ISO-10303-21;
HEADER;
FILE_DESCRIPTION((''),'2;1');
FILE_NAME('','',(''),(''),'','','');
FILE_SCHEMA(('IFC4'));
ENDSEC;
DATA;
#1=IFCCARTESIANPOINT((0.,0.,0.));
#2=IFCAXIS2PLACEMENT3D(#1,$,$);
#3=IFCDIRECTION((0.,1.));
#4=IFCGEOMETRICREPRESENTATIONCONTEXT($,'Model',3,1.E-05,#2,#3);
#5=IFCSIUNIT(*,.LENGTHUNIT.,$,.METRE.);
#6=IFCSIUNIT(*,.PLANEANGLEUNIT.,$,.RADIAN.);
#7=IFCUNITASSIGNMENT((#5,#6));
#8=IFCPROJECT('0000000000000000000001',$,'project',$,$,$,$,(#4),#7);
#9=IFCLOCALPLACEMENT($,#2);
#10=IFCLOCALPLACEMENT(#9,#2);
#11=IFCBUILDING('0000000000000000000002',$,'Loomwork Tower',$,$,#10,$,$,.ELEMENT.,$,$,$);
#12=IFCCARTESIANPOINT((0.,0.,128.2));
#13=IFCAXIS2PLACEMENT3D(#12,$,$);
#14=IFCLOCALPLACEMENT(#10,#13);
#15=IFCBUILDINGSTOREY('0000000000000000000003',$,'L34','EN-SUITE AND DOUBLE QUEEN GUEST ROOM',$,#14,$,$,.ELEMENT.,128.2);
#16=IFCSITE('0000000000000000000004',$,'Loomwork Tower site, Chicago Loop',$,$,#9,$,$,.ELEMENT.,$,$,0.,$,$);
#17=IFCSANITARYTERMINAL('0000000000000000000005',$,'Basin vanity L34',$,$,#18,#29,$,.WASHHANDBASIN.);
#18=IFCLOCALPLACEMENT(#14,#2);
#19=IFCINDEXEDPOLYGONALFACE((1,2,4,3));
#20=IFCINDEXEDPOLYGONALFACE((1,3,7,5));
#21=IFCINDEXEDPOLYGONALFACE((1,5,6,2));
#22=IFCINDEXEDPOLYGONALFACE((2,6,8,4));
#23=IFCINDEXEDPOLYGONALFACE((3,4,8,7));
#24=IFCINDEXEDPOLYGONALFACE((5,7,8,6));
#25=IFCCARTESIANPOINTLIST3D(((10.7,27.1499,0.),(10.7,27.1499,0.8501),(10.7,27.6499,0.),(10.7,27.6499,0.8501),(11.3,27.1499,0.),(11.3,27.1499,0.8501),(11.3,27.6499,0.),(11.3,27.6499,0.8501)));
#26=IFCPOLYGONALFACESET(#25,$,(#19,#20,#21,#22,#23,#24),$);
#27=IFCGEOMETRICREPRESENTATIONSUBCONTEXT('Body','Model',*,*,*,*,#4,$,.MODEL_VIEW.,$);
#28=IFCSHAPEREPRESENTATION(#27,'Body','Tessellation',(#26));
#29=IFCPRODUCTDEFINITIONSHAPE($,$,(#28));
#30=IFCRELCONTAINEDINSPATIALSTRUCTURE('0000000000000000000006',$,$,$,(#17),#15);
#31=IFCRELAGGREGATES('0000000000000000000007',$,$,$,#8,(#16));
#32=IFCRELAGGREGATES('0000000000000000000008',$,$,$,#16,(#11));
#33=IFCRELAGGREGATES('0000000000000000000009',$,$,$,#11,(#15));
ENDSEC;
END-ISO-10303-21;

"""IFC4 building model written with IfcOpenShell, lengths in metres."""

from ifc_helpers import new_model, si_unit, direction, frame, origin, origin_2d, place, context, subcontext, project, spatial, rectangle, extrude, element, save


model = new_model("IFC4")

# Units and contexts
model_context = context("Model", 3, precision=1e-05, world=origin(), true_north=direction((0.0, 1.0)))
body_context = subcontext(model_context, "Body", "Model", "MODEL_VIEW")
ifc_project = project(units=[si_unit("LENGTHUNIT", "METRE"), si_unit("PLANEANGLEUNIT", "RADIAN")], contexts=[model_context])

# Site, building, storey
site_placement = place(None, origin())
site = spatial("IfcSite", under=ifc_project, at=site_placement, Name="Loomwork Tower site, Chicago Loop", CompositionType="ELEMENT", RefElevation=0.0)
building_placement = place(site_placement, origin())
building = spatial("IfcBuilding", under=site, at=building_placement, Name="Loomwork Tower", CompositionType="ELEMENT")
storey_placement = place(building_placement, frame((0.0, 0.0, 128.2)))
storey = spatial("IfcBuildingStorey", under=building, at=storey_placement, Name="L34", Description="EN-SUITE AND DOUBLE QUEEN GUEST ROOM", CompositionType="ELEMENT", Elevation=128.2)

# Sanitary terminal
sanitary_terminal_placement = place(storey_placement, frame((11.0, 27.3999, 0.0), z_axis=(0.0, 0.0, 1.0), x_axis=(1.0, 0.0, 0.0)))
element("IfcSanitaryTerminal", 1, at=sanitary_terminal_placement, inside=storey, Name="Basin vanity L34", PredefinedType="WASHHANDBASIN", context=body_context, shape_type="SweptSolid", body=[
    extrude(rectangle(XDim=0.6001, YDim=0.5, at=origin_2d()), origin(), (0.0, 0.0, 1.0), 0.8501),
])

save(model, "model.ifc")
